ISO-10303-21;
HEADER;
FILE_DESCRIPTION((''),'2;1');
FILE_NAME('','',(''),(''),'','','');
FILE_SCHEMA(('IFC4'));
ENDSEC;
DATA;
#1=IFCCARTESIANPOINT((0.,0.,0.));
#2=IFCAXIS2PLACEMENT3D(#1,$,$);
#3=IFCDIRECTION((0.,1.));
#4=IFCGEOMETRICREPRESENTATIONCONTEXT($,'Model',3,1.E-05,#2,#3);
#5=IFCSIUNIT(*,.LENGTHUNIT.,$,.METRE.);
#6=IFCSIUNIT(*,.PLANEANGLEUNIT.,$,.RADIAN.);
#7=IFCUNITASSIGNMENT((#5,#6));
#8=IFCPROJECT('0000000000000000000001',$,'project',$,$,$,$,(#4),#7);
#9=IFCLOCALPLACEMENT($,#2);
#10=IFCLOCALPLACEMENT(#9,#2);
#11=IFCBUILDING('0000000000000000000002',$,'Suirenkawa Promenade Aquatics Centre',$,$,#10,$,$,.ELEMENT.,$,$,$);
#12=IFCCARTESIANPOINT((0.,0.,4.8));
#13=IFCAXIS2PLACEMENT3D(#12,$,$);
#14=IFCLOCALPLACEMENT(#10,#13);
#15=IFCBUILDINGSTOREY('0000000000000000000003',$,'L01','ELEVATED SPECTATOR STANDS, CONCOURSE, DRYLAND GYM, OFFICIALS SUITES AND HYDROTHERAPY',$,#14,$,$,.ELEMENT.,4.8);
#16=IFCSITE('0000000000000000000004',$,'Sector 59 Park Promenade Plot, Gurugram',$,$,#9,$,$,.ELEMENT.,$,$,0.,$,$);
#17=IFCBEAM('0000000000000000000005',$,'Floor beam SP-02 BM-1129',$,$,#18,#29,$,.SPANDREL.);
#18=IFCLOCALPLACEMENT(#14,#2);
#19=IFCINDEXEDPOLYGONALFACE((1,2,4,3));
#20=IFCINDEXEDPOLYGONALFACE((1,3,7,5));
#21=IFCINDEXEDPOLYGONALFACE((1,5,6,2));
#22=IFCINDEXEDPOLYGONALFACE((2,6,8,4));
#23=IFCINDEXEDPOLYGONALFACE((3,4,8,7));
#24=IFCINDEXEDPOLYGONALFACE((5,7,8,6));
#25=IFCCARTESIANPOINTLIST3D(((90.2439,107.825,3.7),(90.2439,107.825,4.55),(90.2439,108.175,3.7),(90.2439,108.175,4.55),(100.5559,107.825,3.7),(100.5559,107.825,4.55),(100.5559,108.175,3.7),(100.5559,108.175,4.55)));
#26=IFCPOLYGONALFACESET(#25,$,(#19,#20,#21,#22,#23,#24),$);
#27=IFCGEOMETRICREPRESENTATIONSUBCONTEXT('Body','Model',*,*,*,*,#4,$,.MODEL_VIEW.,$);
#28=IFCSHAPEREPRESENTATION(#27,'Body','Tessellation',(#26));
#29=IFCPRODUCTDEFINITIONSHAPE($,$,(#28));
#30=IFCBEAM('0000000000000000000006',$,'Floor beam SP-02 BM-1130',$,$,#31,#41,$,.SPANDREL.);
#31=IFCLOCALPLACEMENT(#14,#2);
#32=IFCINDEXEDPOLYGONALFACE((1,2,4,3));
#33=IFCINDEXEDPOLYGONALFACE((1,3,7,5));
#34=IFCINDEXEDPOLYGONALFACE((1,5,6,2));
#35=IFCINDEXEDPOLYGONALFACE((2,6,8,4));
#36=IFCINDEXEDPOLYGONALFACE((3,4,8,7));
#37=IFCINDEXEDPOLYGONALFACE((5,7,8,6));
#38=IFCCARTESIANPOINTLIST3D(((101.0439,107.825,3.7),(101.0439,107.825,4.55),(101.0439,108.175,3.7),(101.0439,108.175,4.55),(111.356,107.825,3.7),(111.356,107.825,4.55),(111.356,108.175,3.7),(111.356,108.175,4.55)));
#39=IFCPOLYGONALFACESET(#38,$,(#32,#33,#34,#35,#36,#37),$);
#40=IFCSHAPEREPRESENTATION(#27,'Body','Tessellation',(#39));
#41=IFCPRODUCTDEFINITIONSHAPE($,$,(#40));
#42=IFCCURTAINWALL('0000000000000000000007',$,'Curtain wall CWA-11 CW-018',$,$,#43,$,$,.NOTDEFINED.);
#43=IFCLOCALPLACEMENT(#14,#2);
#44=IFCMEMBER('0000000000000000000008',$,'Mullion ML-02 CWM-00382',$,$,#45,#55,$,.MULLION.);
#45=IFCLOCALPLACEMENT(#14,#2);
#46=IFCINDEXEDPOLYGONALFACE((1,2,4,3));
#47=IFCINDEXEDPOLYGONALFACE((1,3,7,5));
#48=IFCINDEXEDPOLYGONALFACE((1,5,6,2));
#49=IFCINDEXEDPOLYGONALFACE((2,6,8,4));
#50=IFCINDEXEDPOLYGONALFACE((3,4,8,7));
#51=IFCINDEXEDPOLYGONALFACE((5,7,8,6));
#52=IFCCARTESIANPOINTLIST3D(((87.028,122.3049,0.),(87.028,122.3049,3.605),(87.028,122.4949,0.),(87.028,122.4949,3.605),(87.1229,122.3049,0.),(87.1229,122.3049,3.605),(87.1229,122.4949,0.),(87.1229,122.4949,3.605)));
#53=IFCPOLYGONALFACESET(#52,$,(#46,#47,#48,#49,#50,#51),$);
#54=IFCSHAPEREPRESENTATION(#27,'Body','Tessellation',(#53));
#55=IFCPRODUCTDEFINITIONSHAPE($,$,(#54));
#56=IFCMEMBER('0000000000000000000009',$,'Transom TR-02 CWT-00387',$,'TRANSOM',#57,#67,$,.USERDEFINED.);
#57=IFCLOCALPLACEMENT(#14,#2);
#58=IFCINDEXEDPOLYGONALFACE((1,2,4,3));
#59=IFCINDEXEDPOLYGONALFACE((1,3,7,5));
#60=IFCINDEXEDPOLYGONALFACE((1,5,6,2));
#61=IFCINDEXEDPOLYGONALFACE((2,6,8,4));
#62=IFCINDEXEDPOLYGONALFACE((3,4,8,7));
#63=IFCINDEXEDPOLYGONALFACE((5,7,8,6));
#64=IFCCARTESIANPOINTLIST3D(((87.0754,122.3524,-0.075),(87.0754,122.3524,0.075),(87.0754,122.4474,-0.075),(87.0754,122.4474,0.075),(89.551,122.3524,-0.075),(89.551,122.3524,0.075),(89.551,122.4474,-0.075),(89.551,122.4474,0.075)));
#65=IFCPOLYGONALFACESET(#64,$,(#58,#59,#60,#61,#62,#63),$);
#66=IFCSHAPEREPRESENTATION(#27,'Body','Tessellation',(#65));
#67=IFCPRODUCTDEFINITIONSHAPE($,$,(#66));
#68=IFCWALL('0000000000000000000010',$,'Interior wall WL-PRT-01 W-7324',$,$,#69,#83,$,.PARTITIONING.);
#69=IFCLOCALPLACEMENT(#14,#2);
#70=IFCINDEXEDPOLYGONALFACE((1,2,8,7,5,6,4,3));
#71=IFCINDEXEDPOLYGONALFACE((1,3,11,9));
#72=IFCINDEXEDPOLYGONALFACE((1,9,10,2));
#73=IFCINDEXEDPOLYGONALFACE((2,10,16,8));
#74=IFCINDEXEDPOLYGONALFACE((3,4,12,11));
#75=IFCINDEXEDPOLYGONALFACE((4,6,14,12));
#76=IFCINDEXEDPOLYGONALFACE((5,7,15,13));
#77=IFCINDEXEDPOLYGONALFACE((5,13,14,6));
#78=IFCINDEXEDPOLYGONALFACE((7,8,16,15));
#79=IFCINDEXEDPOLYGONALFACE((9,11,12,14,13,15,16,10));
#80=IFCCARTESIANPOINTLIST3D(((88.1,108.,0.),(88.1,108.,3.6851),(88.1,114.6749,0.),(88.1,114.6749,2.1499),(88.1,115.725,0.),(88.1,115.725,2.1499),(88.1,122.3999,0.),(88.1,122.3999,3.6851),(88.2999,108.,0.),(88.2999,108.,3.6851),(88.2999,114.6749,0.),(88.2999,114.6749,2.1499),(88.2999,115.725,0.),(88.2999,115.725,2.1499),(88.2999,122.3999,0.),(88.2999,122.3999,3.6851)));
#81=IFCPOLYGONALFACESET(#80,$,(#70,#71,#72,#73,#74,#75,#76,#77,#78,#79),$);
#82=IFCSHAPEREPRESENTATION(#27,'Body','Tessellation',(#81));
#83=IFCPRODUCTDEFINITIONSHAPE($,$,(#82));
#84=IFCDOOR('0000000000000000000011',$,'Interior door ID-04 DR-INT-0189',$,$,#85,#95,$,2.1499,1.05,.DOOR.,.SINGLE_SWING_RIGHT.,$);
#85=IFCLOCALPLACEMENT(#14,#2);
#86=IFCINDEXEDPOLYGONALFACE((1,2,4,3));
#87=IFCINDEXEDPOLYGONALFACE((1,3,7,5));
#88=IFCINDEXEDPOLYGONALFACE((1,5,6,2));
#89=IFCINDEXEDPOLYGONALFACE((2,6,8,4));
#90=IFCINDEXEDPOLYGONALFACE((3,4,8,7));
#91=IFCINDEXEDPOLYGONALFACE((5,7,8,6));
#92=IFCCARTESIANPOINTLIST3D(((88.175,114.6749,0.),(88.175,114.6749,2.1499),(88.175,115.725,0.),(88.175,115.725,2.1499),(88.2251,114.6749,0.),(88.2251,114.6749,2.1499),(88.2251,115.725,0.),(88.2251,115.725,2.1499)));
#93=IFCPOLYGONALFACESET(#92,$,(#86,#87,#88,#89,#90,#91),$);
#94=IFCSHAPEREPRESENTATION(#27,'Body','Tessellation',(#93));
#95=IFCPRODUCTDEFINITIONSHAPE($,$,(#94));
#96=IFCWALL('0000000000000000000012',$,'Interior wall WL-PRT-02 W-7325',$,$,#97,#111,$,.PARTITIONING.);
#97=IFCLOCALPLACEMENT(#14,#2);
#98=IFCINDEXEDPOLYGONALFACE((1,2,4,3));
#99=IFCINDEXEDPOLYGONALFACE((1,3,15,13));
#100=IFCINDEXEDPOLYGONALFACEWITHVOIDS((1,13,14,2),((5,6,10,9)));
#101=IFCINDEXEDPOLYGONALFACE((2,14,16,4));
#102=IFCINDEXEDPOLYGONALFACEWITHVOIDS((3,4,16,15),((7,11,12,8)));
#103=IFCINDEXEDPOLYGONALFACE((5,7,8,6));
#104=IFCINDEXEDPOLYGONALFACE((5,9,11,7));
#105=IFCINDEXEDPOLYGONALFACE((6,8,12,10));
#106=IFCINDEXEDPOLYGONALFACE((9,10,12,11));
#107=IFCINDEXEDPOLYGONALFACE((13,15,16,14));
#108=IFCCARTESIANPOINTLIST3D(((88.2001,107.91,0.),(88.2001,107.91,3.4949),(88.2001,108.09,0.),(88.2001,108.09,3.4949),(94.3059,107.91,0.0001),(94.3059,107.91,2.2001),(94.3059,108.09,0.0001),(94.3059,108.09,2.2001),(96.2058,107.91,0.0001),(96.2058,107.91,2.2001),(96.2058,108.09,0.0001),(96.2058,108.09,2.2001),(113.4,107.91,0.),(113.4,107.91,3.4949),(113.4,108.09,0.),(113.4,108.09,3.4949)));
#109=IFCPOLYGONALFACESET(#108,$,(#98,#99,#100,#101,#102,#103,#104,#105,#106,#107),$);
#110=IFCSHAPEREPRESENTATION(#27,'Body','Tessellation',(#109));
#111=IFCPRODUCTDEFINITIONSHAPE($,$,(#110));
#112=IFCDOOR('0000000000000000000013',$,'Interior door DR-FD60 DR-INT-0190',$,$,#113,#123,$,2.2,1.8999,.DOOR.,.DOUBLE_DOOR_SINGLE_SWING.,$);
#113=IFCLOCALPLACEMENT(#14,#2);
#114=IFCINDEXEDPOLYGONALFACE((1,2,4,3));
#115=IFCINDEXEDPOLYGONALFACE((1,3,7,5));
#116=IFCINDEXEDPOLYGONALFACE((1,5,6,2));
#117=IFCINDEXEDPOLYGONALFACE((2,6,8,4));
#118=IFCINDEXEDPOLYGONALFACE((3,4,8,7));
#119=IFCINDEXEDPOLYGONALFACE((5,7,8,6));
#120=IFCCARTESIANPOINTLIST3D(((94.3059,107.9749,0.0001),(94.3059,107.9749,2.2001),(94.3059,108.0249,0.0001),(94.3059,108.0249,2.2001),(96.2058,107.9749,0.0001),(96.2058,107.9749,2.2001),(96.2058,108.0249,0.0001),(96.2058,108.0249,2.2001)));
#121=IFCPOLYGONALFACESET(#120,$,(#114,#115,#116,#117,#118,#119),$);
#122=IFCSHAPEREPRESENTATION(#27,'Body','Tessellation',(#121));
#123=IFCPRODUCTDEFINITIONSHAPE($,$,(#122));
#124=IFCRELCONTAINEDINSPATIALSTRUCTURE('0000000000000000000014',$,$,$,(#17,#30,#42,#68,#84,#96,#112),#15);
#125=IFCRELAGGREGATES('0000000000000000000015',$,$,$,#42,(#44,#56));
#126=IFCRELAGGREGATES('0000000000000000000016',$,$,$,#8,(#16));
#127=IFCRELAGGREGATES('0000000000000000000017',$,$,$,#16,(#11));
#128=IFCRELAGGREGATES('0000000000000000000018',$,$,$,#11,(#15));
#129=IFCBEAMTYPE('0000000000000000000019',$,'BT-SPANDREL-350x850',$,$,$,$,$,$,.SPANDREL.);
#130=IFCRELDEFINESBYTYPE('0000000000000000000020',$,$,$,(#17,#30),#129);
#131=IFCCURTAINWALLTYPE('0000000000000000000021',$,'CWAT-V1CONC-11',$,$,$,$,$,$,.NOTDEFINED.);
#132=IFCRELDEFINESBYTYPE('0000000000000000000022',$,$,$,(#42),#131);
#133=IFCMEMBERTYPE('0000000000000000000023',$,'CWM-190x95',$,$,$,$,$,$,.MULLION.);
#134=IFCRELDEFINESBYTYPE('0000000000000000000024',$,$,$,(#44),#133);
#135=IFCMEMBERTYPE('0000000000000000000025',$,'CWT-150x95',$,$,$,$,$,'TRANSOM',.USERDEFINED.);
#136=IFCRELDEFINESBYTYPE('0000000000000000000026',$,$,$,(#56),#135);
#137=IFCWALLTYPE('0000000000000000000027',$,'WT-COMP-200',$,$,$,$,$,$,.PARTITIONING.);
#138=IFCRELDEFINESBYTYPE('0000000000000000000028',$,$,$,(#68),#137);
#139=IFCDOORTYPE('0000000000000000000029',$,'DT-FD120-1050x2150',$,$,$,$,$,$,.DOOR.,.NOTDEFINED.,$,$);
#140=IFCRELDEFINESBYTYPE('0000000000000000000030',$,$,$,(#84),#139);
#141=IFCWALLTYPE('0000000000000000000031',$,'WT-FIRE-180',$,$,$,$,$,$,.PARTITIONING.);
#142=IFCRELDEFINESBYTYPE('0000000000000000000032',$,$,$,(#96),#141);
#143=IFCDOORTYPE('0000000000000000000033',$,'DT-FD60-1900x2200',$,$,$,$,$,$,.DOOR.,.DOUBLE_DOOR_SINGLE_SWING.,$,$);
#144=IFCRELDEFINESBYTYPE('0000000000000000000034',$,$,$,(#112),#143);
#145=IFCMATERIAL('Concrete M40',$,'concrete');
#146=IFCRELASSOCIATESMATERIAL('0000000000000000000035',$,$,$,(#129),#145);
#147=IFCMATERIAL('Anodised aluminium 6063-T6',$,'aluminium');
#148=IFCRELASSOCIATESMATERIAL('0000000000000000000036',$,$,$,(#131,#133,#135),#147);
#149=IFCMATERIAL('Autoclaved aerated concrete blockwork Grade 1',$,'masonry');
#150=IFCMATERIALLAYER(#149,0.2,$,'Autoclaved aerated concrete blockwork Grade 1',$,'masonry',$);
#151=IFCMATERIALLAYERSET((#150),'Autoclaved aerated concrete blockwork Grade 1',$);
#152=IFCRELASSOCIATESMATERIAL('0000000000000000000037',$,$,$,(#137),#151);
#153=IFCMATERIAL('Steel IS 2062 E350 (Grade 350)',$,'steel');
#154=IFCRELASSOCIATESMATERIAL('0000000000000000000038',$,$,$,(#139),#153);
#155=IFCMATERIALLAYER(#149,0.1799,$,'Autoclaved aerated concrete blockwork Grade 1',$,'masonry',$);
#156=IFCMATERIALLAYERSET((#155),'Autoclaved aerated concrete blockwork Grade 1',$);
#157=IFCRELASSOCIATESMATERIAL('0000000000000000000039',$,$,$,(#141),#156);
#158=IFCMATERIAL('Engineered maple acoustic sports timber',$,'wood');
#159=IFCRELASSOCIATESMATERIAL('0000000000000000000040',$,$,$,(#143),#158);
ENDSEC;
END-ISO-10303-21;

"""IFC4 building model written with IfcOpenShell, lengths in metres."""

from ifc_helpers import new_model, si_unit, direction, frame, frame_2d, origin, origin_2d, place, context, subcontext, project, spatial, rectangle, extrude, material, layer, layer_set, material_profile, profile_set, type_object, element, fill, aggregate, save


model = new_model("IFC4")

# Units and contexts
model_context = context("Model", 3, precision=1e-05, world=origin(), true_north=direction((0.0, 1.0)))
body_context = subcontext(model_context, "Body", "Model", "MODEL_VIEW")
ifc_project = project(units=[si_unit("LENGTHUNIT", "METRE"), si_unit("PLANEANGLEUNIT", "RADIAN")], contexts=[model_context])

# Site, building, storey
site_placement = place(None, origin())
site = spatial("IfcSite", under=ifc_project, at=site_placement, Name="Sector 59 Park Promenade Plot, Gurugram", CompositionType="ELEMENT", RefElevation=0.0)
building_placement = place(site_placement, origin())
building = spatial("IfcBuilding", under=site, at=building_placement, Name="Suirenkawa Promenade Aquatics Centre", CompositionType="ELEMENT")
storey_placement = place(building_placement, frame((0.0, 0.0, 4.8)))
storey = spatial("IfcBuildingStorey", under=building, at=storey_placement, Name="L01", Description="ELEVATED SPECTATOR STANDS, CONCOURSE, DRYLAND GYM, OFFICIALS SUITES AND HYDROTHERAPY", CompositionType="ELEMENT", Elevation=4.8)

# Shared definitions
ifc_material_1 = material(Name="Concrete M40", Category="concrete")

# Beams
ifc_material_2 = material(Name="Steel IS 2062 E350 (Grade 350)", Category="steel")
ifc_material_profile_1 = material_profile(ifc_material_1, rectangle(XDim=0.3501, YDim=0.8501, at=origin_2d()), Name="RC SPANDREL 350x850", Category="concrete")
ifc_profile_set_1 = profile_set([ifc_material_profile_1], Name="Concrete M40")
beam_type_1 = type_object("IfcBeamType", Name="BT-SPANDREL-350x850", PredefinedType="SPANDREL", material=ifc_profile_set_1)
for number, where, z_axis, x_axis, name in (
    (1, (90.2439, 108.0, 4.125), (1.0, 0.0, 0.0), (0.0, 1.0, 0.0), "Floor beam SP-02 BM-1129"),
    (2, (101.0439, 108.0, 4.125), (1.0, 0.0, 0.0), (0.0, 1.0, 0.0), "Floor beam SP-02 BM-1130"),
):
    element("IfcBeam", number, at=place(storey_placement, frame(where, z_axis=z_axis, x_axis=x_axis)), inside=storey, type_object=beam_type_1, Name=name, PredefinedType="SPANDREL", context=body_context, shape_type="SweptSolid", body=[
        extrude(rectangle(XDim=0.3501, YDim=0.8501, at=origin_2d()), origin(), (0.0, 0.0, 1.0), 10.312),
    ])

# Curtain wall, members
ifc_material_3 = material(Name="Anodised aluminium 6063-T6", Category="aluminium")
curtain_wall_type = type_object("IfcCurtainWallType", Name="CWAT-V1CONC-11", PredefinedType="NOTDEFINED", material=ifc_material_3)
curtain_wall_placement = place(storey_placement, origin())
curtain_wall = element("IfcCurtainWall", 3, at=curtain_wall_placement, inside=storey, type_object=curtain_wall_type, Name="Curtain wall CWA-11 CW-018", PredefinedType="NOTDEFINED")
ifc_material_profile_2 = material_profile(ifc_material_3, rectangle(XDim=0.095, YDim=0.1899, at=origin_2d()), Name="ALU MULL 95x190", Category="aluminium")
ifc_profile_set_2 = profile_set([ifc_material_profile_2], Name="Anodised aluminium 6063-T6")
member_type_1 = type_object("IfcMemberType", Name="CWM-190x95", PredefinedType="MULLION", material=ifc_profile_set_2)
member_1_placement = place(storey_placement, frame((87.0754, 122.3999, 0.0), z_axis=(0.0, 0.0, 1.0), x_axis=(1.0, 0.0, 0.0)))
member_1 = element("IfcMember", 4, at=member_1_placement, type_object=member_type_1, Name="Mullion ML-02 CWM-00382", PredefinedType="MULLION", context=body_context, shape_type="SweptSolid", body=[
    extrude(rectangle(XDim=0.095, YDim=0.1899, at=origin_2d()), origin(), (0.0, 0.0, 1.0), 3.605),
])
ifc_material_profile_3 = material_profile(ifc_material_3, rectangle(XDim=0.095, YDim=0.1499, at=origin_2d()), Name="ALU TRAN 95x150", Category="aluminium")
ifc_profile_set_3 = profile_set([ifc_material_profile_3], Name="Anodised aluminium 6063-T6")
member_type_2 = type_object("IfcMemberType", Name="CWT-150x95", ElementType="TRANSOM", PredefinedType="USERDEFINED", material=ifc_profile_set_3)
member_2_placement = place(storey_placement, frame((87.0754, 122.3999, 0.0), z_axis=(1.0, 0.0, 0.0), x_axis=(0.0, 1.0, 0.0)))
member_2 = element("IfcMember", 5, at=member_2_placement, type_object=member_type_2, Name="Transom TR-02 CWT-00387", ObjectType="TRANSOM", PredefinedType="USERDEFINED", context=body_context, shape_type="SweptSolid", body=[
    extrude(rectangle(XDim=0.095, YDim=0.1499, at=origin_2d()), origin(), (0.0, 0.0, 1.0), 2.4756),
])
aggregate(curtain_wall, [member_1, member_2])

# Walls, openings, doors
ifc_material_4 = material(Name="Autoclaved aerated concrete blockwork Grade 1", Category="masonry")
ifc_layer_1 = layer(ifc_material_4, 0.2, Name="Autoclaved aerated concrete blockwork Grade 1", Category="masonry")
ifc_layer_set_1 = layer_set([ifc_layer_1], Name="Autoclaved aerated concrete blockwork Grade 1")
wall_type_1 = type_object("IfcWallType", Name="WT-COMP-200", PredefinedType="PARTITIONING", material=ifc_layer_set_1)
wall_1_placement = place(storey_placement, frame((88.2, 108.0, 0.0), z_axis=(0.0, 0.0, 1.0), x_axis=(0.0, 1.0, 0.0)))
wall_1 = element("IfcWall", 6, at=wall_1_placement, inside=storey, type_object=wall_type_1, Name="Interior wall WL-PRT-01 W-7324", PredefinedType="PARTITIONING", context=body_context, shape_type="SweptSolid", body=[
    extrude(rectangle(XDim=14.3999, YDim=0.2, at=frame_2d((7.2, 0.0))), origin(), (0.0, 0.0, 1.0), 3.6851),
])
opening_1_placement = place(wall_1_placement, frame((6.675, 0.0, 0.0)))
opening_1 = element("IfcOpeningElement", 7, at=opening_1_placement, cuts=wall_1, PredefinedType="OPENING", context=body_context, shape_type="SweptSolid", body=[
    extrude(rectangle(XDim=1.05, YDim=2.1499, at=frame_2d((0.5249, 1.075))), frame((0.0, 0.1099, 0.0), z_axis=(0.0, -1.0, 0.0), x_axis=(1.0, 0.0, 0.0)), (0.0, 0.0, 1.0), 0.22),
])
door_type_1 = type_object("IfcDoorType", Name="DT-FD120-1050x2150", OperationType="NOTDEFINED", PredefinedType="DOOR", material=ifc_material_2)
door_1_placement = place(opening_1_placement, origin())
door_1 = element("IfcDoor", 8, at=door_1_placement, inside=storey, type_object=door_type_1, Name="Interior door ID-04 DR-INT-0189", OperationType="SINGLE_SWING_RIGHT", OverallHeight=2.1499, OverallWidth=1.05, PredefinedType="DOOR", context=body_context, shape_type="SweptSolid", body=[
    extrude(rectangle(XDim=1.05, YDim=2.1499, at=frame_2d((0.5249, 1.075))), frame((0.0, 0.0249, 0.0), z_axis=(0.0, -1.0, 0.0), x_axis=(1.0, 0.0, 0.0)), (0.0, 0.0, 1.0), 0.05),
])
fill(opening_1, door_1)
ifc_layer_2 = layer(ifc_material_4, 0.1799, Name="Autoclaved aerated concrete blockwork Grade 1", Category="masonry")
ifc_layer_set_2 = layer_set([ifc_layer_2], Name="Autoclaved aerated concrete blockwork Grade 1")
wall_type_2 = type_object("IfcWallType", Name="WT-FIRE-180", PredefinedType="PARTITIONING", material=ifc_layer_set_2)
wall_2_placement = place(storey_placement, frame((88.2, 108.0, 0.0), z_axis=(0.0, 0.0, 1.0), x_axis=(1.0, 0.0, 0.0)))
wall_2 = element("IfcWall", 9, at=wall_2_placement, inside=storey, type_object=wall_type_2, Name="Interior wall WL-PRT-02 W-7325", PredefinedType="PARTITIONING", context=body_context, shape_type="SweptSolid", body=[
    extrude(rectangle(XDim=25.2, YDim=0.1799, at=frame_2d((12.6001, 0.0))), origin(), (0.0, 0.0, 1.0), 3.4949),
])
opening_2_placement = place(wall_2_placement, frame((6.106, 0.0, 0.0)))
opening_2 = element("IfcOpeningElement", 10, at=opening_2_placement, cuts=wall_2, PredefinedType="OPENING", context=body_context, shape_type="SweptSolid", body=[
    extrude(rectangle(XDim=1.8999, YDim=2.2, at=frame_2d((0.95, 1.1001))), frame((0.0, 0.0999, 0.0), z_axis=(0.0, -1.0, 0.0), x_axis=(1.0, 0.0, 0.0)), (0.0, 0.0, 1.0), 0.2),
])
ifc_material_5 = material(Name="Engineered maple acoustic sports timber", Category="wood")
door_type_2 = type_object("IfcDoorType", Name="DT-FD60-1900x2200", OperationType="DOUBLE_DOOR_SINGLE_SWING", PredefinedType="DOOR", material=ifc_material_5)
door_2_placement = place(opening_2_placement, origin())
door_2 = element("IfcDoor", 11, at=door_2_placement, inside=storey, type_object=door_type_2, Name="Interior door DR-FD60 DR-INT-0190", OperationType="DOUBLE_DOOR_SINGLE_SWING", OverallHeight=2.2, OverallWidth=1.8999, PredefinedType="DOOR", context=body_context, shape_type="SweptSolid", body=[
    extrude(rectangle(XDim=1.8999, YDim=2.2, at=frame_2d((0.95, 1.1001))), frame((0.0, 0.0249, 0.0), z_axis=(0.0, -1.0, 0.0), x_axis=(1.0, 0.0, 0.0)), (0.0, 0.0, 1.0), 0.05),
])
fill(opening_2, door_2)

save(model, "model.ifc")
